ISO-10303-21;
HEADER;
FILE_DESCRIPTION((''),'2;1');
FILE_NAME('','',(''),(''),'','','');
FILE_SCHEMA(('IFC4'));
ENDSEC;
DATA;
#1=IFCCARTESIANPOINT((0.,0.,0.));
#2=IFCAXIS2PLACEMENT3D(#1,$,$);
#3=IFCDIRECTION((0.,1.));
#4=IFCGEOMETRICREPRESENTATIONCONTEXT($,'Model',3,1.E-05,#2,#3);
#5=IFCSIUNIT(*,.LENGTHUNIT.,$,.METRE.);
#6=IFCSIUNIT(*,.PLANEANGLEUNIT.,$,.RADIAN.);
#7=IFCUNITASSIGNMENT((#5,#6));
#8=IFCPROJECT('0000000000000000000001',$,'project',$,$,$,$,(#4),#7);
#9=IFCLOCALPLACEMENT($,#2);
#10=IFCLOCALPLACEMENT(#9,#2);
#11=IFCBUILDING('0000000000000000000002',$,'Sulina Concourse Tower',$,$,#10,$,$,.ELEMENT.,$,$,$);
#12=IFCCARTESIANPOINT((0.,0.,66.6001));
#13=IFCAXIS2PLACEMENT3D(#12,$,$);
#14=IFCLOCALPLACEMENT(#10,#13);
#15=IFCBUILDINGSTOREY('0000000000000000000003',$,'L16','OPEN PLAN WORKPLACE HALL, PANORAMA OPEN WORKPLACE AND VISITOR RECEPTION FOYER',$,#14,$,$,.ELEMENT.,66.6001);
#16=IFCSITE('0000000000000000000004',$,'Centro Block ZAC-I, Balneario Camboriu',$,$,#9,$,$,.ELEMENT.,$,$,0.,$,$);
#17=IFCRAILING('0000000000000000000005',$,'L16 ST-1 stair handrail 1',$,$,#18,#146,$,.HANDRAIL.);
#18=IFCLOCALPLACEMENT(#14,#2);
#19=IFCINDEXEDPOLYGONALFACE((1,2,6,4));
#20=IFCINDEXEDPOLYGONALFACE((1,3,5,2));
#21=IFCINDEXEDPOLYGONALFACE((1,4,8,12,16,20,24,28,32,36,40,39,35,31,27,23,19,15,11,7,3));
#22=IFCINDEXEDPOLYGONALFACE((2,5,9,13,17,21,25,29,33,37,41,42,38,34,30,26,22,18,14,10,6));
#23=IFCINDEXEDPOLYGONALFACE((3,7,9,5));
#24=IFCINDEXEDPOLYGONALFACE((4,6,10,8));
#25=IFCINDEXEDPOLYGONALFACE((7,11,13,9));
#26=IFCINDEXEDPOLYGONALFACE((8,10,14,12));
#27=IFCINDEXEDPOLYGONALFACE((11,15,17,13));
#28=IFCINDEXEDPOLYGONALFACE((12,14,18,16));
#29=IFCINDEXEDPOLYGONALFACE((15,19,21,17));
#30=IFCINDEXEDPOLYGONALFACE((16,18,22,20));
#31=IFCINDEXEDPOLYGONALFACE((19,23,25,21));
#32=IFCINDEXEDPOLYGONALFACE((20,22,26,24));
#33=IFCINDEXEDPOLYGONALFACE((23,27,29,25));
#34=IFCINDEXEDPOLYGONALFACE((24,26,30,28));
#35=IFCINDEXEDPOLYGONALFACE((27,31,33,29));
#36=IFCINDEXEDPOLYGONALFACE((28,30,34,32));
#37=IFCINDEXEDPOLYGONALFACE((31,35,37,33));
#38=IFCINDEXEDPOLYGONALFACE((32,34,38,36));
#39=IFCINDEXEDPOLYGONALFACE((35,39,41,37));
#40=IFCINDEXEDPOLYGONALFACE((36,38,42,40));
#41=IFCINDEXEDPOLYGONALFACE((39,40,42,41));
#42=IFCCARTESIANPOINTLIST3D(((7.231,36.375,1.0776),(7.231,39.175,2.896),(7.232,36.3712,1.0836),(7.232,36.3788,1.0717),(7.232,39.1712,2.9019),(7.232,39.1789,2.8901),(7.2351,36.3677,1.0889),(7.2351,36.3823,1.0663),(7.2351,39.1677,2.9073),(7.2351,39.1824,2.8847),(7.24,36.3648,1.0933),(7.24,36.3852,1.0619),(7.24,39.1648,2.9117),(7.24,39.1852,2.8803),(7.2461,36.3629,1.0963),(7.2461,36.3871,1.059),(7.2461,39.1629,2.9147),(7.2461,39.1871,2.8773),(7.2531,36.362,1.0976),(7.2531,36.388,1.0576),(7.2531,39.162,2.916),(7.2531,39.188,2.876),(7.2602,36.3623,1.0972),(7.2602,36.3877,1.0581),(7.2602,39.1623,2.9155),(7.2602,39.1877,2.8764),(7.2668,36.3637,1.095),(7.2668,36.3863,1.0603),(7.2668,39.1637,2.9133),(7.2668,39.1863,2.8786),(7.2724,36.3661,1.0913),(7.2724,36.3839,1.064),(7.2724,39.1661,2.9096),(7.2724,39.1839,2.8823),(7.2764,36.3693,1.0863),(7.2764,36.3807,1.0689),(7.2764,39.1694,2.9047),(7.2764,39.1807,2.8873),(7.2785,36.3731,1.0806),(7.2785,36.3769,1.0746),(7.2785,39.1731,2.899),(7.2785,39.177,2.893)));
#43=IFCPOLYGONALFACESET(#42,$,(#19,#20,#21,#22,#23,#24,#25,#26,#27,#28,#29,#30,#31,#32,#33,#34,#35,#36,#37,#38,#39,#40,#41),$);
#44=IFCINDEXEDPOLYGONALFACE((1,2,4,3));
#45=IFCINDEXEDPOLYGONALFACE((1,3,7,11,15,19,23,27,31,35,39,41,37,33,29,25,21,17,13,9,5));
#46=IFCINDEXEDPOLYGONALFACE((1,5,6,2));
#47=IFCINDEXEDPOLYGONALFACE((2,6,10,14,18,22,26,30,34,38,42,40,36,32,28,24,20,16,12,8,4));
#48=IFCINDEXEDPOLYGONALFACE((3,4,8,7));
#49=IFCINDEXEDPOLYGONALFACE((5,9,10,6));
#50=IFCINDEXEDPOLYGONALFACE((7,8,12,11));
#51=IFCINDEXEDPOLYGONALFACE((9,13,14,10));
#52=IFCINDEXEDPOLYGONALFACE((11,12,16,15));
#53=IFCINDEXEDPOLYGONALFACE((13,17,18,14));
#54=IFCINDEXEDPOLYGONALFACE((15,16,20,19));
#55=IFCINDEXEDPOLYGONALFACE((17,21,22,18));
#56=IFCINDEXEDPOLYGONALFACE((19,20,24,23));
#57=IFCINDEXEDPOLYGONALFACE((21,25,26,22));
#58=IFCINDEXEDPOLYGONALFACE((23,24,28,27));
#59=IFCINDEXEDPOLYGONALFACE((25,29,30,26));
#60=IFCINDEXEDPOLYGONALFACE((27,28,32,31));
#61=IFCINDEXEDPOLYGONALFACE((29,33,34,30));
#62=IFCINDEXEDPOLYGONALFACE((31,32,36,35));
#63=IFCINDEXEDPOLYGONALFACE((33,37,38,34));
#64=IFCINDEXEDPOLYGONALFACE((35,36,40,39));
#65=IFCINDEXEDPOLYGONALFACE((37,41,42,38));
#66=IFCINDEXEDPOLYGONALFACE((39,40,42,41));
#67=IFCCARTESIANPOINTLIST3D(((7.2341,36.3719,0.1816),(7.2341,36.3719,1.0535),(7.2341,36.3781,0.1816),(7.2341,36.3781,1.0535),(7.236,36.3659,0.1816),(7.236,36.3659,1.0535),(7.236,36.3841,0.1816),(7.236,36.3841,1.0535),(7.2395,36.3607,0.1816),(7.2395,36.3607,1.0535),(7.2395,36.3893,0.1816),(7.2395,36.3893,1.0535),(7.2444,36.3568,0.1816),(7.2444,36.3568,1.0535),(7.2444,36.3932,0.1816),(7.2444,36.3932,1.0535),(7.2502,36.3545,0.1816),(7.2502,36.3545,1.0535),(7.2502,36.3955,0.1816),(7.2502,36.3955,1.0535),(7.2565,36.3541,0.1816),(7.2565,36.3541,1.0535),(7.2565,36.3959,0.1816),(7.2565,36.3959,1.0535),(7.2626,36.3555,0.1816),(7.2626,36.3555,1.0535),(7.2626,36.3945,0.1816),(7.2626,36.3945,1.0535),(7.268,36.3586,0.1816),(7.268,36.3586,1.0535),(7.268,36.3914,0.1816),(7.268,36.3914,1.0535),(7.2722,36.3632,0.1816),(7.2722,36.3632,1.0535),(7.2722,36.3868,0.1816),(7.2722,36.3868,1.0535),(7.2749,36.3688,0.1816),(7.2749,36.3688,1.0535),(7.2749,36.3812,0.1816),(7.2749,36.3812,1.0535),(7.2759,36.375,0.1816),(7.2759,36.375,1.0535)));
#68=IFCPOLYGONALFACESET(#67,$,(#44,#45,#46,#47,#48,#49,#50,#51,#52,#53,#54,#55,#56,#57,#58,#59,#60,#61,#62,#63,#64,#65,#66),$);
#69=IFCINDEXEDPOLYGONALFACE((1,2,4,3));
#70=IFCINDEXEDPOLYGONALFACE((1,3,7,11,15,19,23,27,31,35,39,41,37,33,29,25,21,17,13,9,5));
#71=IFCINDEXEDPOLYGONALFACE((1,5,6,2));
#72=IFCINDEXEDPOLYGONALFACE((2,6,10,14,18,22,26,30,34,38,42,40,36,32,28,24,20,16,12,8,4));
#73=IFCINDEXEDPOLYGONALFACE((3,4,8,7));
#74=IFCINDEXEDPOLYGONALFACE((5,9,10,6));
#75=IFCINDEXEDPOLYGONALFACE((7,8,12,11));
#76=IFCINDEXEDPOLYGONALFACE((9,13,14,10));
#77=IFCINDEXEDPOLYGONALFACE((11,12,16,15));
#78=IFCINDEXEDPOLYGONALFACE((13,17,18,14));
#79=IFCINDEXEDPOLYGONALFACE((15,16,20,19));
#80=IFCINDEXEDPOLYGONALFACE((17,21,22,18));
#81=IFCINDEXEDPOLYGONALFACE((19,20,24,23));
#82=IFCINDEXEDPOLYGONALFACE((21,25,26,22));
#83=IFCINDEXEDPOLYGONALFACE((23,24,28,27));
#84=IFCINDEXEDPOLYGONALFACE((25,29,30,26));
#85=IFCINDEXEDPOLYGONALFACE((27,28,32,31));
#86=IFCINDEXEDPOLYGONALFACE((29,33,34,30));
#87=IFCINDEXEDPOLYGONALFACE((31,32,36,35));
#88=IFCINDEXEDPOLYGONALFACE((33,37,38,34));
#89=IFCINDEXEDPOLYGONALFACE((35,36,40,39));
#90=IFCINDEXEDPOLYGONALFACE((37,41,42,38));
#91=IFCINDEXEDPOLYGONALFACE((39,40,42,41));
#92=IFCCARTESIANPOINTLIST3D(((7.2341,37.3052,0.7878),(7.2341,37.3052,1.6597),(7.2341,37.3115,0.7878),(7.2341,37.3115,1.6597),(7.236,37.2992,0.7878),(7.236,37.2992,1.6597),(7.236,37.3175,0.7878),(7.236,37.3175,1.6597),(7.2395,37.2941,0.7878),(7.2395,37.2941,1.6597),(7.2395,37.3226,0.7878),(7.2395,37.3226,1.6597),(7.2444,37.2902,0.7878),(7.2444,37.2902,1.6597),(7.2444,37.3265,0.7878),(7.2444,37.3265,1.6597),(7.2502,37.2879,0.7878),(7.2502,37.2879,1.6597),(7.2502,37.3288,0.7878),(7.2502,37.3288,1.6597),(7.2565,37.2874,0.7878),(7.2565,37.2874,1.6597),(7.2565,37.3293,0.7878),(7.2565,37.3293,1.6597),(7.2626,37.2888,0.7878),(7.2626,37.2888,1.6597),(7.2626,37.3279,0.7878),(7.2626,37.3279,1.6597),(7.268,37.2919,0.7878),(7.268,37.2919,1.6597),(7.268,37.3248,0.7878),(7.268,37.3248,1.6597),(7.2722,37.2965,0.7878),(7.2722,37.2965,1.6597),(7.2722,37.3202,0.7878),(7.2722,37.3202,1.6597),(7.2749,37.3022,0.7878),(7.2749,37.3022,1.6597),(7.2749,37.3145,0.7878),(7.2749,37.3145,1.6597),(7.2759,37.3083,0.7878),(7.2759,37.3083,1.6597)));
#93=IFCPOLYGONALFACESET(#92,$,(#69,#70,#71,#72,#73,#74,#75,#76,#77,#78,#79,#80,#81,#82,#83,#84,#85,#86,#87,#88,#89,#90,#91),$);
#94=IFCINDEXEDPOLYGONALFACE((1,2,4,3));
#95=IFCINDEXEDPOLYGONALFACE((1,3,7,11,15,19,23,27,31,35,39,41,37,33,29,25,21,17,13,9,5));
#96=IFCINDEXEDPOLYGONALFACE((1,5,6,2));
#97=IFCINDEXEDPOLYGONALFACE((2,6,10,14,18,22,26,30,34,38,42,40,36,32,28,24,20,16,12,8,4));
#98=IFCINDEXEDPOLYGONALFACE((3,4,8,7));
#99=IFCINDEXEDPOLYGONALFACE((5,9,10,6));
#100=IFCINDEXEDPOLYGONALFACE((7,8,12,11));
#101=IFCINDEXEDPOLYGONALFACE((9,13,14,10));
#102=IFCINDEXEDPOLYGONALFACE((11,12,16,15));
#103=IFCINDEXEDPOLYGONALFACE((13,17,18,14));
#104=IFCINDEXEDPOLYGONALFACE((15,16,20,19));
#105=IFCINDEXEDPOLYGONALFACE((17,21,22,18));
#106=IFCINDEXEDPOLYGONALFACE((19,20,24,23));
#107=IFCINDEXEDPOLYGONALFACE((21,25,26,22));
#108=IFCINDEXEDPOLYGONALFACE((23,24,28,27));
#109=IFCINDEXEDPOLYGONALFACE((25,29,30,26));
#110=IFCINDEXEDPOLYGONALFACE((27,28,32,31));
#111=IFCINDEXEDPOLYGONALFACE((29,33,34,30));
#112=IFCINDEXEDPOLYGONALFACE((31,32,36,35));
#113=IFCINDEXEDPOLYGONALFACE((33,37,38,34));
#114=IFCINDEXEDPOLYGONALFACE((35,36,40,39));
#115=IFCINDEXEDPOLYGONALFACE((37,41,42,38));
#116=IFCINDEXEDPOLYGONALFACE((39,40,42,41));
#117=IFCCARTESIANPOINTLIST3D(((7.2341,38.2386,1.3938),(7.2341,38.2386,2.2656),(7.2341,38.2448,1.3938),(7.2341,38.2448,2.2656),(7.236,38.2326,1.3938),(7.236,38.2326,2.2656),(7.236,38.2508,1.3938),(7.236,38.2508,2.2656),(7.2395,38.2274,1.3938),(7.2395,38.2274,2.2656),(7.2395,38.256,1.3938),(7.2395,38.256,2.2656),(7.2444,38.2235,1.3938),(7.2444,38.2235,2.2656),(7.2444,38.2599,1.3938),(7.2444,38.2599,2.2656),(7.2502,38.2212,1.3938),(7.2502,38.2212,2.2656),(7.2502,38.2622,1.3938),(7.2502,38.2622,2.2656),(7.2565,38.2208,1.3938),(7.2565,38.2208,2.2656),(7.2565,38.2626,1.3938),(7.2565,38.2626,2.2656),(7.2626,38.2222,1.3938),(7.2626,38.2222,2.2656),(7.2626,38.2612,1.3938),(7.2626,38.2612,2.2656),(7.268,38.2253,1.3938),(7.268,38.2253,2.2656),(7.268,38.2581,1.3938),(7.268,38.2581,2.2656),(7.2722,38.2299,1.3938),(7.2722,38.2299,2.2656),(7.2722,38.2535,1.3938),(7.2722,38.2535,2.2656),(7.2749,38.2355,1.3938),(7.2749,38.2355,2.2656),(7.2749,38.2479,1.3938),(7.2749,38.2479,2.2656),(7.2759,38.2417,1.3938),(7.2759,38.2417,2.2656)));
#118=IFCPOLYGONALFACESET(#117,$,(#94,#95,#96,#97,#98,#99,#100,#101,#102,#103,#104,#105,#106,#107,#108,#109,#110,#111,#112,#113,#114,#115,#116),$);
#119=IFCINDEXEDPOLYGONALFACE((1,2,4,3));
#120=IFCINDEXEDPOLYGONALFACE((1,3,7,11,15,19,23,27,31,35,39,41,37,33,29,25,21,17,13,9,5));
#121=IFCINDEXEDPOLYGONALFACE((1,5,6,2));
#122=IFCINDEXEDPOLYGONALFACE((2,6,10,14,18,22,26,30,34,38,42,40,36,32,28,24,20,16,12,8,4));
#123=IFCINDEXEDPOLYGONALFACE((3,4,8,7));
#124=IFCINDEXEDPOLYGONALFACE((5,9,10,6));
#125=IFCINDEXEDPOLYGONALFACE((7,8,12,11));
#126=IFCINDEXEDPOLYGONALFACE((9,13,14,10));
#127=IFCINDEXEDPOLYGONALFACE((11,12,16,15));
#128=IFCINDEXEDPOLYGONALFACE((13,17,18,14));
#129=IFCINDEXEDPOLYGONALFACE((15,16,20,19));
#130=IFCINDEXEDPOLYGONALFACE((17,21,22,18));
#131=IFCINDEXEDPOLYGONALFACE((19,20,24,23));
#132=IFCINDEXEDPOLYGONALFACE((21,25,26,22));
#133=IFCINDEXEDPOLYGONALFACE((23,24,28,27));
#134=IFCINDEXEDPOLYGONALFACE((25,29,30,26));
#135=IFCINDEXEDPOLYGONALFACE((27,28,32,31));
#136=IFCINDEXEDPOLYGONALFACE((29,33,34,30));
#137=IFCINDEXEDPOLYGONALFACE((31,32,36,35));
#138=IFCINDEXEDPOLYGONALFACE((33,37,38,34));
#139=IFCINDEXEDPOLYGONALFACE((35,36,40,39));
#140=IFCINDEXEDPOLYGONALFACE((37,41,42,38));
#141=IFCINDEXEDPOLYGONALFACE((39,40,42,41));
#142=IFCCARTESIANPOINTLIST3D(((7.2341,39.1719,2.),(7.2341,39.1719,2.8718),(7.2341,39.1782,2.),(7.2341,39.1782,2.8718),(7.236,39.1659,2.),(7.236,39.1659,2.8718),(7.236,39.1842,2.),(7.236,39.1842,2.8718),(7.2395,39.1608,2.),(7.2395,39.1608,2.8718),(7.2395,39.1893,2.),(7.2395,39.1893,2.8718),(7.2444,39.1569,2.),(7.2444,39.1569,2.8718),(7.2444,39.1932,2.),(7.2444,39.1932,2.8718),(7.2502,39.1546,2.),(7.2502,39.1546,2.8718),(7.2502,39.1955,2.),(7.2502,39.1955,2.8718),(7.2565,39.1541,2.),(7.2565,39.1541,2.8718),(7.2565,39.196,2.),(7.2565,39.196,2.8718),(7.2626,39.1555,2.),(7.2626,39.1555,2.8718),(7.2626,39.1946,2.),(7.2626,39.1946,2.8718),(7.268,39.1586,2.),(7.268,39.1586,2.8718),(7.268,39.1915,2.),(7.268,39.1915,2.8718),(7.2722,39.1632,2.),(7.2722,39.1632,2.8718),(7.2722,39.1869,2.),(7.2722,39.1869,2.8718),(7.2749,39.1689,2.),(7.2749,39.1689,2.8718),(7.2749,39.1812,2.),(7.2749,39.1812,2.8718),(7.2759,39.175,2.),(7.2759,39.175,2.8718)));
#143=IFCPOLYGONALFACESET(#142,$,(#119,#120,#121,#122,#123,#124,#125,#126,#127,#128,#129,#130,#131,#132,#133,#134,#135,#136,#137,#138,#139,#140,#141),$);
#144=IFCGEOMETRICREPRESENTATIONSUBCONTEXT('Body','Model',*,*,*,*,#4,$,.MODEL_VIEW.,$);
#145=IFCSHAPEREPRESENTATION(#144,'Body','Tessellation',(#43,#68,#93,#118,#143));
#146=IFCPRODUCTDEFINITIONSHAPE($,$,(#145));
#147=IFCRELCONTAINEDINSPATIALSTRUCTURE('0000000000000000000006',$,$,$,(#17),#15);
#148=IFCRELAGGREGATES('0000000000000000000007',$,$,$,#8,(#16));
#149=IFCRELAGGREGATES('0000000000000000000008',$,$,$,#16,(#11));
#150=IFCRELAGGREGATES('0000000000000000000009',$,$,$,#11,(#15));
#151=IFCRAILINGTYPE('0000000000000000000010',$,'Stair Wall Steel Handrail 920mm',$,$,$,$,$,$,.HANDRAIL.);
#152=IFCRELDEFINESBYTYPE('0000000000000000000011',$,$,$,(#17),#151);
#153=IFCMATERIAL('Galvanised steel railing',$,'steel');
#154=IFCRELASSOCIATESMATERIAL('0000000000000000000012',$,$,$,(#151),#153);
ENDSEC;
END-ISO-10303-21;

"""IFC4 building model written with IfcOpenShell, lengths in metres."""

from ifc_helpers import new_model, si_unit, direction, frame, origin, origin_2d, place, context, subcontext, project, spatial, circle, extrude, material, type_object, element, save


model = new_model("IFC4")

# Units and contexts
model_context = context("Model", 3, precision=1e-05, world=origin(), true_north=direction((0.0, 1.0)))
body_context = subcontext(model_context, "Body", "Model", "MODEL_VIEW")
ifc_project = project(units=[si_unit("LENGTHUNIT", "METRE"), si_unit("PLANEANGLEUNIT", "RADIAN")], contexts=[model_context])

# Site, building, storey
site_placement = place(None, origin())
site = spatial("IfcSite", under=ifc_project, at=site_placement, Name="Centro Block ZAC-I, Balneario Camboriu", CompositionType="ELEMENT", RefElevation=0.0)
building_placement = place(site_placement, origin())
building = spatial("IfcBuilding", under=site, at=building_placement, Name="Sulina Concourse Tower", CompositionType="ELEMENT")
storey_placement = place(building_placement, frame((0.0, 0.0, 66.6001)))
storey = spatial("IfcBuildingStorey", under=building, at=storey_placement, Name="L16", Description="OPEN PLAN WORKPLACE HALL, PANORAMA OPEN WORKPLACE AND VISITOR RECEPTION FOYER", CompositionType="ELEMENT", Elevation=66.6001)

# Railing
ifc_material_1 = material(Name="Galvanised steel railing", Category="steel")
railing_type_1 = type_object("IfcRailingType", Name="Stair Wall Steel Handrail 920mm", PredefinedType="HANDRAIL", material=ifc_material_1)
railing_1_placement = place(storey_placement, frame((7.2549, 36.375, 0.1816)))
element("IfcRailing", 1, at=railing_1_placement, inside=storey, type_object=railing_type_1, Name="L16 ST-1 stair handrail 1", PredefinedType="HANDRAIL", context=body_context, shape_type="SweptSolid", body=[
    extrude(circle(Radius=0.0239, at=origin_2d()), frame((0.0, 0.0, 0.896), z_axis=(0.0, 0.838672, 0.544636), x_axis=(-1.0, 0.0, 0.0)), (0.0, 0.0, 1.0), 3.3386),
    extrude(circle(Radius=0.021, at=origin_2d()), origin(), (0.0, 0.0, 1.0), 0.8718),
    extrude(circle(Radius=0.021, at=origin_2d()), frame((0.0, 0.9333, 0.6062)), (0.0, 0.0, 1.0), 0.8718),
    extrude(circle(Radius=0.021, at=origin_2d()), frame((0.0, 1.8667, 1.2122)), (0.0, 0.0, 1.0), 0.8718),
    extrude(circle(Radius=0.021, at=origin_2d()), frame((0.0, 2.8, 1.8184)), (0.0, 0.0, 1.0), 0.8718),
])

save(model, "model.ifc")
